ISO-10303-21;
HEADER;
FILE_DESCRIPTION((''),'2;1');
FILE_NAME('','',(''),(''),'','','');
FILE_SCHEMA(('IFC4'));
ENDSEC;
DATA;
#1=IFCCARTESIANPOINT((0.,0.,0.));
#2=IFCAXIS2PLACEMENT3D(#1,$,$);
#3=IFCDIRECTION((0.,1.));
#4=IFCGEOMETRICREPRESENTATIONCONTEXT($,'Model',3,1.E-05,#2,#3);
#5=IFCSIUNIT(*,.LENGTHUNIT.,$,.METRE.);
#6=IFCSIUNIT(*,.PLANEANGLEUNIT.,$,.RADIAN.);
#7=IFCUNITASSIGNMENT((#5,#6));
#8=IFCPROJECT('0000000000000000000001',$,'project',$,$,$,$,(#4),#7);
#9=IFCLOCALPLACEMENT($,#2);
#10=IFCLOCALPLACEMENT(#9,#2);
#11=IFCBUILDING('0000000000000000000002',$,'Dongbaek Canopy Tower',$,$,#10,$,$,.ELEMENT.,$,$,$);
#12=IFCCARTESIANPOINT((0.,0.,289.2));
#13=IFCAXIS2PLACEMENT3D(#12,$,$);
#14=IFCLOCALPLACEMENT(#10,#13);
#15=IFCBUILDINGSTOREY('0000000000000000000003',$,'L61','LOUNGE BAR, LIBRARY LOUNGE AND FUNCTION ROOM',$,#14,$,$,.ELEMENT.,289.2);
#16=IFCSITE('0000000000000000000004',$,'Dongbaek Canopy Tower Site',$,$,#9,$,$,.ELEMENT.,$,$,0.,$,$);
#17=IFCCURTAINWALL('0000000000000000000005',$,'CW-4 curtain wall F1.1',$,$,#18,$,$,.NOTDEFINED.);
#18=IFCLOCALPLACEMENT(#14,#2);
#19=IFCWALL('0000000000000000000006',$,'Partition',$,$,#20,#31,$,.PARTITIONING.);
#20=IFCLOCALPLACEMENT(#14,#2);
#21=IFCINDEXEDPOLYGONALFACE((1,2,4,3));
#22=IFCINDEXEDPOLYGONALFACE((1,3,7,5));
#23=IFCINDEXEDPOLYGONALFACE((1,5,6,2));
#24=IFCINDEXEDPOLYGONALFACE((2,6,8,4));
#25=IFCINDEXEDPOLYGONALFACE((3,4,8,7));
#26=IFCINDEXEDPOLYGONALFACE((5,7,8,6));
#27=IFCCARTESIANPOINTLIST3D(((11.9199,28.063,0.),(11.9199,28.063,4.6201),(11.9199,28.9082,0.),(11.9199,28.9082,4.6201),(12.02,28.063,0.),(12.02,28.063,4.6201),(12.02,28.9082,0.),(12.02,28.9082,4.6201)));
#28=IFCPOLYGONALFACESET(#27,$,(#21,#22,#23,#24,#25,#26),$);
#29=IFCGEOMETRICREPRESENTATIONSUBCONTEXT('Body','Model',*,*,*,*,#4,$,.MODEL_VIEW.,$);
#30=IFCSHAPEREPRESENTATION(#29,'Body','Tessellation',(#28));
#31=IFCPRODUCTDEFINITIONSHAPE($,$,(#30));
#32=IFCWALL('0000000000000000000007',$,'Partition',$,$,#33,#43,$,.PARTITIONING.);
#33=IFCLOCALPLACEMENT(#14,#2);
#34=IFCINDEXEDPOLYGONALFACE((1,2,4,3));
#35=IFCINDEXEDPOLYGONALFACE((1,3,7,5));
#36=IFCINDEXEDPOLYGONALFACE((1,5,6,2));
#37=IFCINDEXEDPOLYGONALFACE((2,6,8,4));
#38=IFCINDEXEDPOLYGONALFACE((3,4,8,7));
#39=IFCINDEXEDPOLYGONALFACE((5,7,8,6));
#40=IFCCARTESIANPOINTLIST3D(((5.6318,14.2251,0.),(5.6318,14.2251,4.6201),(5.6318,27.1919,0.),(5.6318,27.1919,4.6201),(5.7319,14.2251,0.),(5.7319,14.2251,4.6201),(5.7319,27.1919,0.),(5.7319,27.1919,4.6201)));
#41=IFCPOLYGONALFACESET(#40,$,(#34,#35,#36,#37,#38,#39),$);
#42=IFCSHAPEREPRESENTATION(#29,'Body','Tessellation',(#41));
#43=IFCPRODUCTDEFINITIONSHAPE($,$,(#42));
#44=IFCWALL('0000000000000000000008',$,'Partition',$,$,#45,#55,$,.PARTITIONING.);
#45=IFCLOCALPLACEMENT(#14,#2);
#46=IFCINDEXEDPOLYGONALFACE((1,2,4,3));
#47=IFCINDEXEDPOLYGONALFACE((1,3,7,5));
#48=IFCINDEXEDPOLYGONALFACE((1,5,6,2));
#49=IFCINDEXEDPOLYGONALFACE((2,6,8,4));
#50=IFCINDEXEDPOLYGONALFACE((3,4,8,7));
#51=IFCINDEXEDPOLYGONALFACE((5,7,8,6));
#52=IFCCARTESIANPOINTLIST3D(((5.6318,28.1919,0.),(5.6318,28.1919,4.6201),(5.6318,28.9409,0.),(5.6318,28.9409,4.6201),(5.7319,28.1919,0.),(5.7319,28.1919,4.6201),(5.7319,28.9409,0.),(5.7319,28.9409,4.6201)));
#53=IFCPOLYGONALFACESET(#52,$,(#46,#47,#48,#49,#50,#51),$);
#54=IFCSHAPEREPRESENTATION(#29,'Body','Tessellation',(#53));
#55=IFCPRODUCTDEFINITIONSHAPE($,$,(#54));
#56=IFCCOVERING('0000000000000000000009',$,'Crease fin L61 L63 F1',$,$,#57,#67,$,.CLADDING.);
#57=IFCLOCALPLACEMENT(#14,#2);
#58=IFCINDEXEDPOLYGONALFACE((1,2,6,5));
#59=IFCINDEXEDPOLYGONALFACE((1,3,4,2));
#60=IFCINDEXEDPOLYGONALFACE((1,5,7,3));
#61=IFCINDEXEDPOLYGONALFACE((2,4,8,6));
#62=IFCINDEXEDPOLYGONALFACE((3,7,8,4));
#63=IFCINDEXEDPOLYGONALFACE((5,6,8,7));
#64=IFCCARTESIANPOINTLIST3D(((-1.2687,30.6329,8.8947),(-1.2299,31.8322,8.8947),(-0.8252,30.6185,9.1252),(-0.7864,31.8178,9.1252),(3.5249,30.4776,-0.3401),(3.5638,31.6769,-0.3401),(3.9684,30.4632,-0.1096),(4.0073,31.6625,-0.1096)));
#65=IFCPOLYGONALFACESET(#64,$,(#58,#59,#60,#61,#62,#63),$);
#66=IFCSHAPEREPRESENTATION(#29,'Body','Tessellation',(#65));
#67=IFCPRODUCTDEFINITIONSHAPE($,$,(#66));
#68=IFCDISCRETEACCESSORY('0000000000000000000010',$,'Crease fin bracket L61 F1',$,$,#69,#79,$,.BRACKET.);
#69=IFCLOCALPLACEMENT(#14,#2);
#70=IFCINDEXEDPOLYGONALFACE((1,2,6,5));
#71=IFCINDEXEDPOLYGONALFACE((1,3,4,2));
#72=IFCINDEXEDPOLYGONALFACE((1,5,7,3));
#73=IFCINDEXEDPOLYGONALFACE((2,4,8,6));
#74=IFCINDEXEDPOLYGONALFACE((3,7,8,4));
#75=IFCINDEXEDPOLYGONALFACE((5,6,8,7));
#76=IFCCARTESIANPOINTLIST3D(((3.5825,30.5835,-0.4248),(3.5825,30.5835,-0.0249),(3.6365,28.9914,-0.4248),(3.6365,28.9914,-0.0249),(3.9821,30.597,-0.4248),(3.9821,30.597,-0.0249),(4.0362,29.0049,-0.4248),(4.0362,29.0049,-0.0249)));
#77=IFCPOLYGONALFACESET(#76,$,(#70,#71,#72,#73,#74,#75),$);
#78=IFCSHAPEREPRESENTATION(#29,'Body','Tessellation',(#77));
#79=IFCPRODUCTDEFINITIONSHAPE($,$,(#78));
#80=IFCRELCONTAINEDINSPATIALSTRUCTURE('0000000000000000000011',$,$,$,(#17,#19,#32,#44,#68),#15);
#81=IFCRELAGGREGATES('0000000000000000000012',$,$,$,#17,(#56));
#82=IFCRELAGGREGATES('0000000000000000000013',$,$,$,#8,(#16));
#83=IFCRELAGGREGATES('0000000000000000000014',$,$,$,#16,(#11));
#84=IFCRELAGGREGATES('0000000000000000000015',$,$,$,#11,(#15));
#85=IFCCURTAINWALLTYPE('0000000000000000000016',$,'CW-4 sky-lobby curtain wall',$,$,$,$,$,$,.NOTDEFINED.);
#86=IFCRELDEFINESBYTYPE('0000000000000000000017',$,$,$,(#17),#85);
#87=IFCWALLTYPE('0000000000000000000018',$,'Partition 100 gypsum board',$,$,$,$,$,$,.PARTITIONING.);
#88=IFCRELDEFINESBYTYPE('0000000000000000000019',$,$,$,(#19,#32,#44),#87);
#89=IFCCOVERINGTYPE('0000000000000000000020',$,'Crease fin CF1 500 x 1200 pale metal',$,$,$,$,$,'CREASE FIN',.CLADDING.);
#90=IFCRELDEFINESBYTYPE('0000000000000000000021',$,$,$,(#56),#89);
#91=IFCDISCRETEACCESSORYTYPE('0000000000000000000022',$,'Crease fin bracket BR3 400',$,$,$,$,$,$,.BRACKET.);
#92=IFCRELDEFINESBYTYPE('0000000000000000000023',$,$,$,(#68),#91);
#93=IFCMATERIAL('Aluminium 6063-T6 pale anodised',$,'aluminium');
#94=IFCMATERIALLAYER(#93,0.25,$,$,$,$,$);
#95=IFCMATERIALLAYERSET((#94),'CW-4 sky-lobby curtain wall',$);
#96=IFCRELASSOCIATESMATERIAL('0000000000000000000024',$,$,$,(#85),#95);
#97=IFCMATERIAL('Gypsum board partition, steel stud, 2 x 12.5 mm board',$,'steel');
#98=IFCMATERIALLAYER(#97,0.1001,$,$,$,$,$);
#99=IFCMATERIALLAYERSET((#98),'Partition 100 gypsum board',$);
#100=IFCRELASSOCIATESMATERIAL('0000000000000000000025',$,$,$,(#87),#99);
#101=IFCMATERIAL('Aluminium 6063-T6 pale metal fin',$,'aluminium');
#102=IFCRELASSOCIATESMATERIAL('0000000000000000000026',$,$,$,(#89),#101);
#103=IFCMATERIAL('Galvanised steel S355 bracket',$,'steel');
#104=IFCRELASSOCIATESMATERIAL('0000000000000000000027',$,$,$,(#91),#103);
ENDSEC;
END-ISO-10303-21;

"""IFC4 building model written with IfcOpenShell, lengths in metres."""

from ifc_helpers import new_model, si_unit, direction, frame, frame_2d, origin, origin_2d, place, context, subcontext, project, spatial, rectangle, extrude, material, layer, layer_set, material_profile, profile_set, type_object, element, aggregate, save


model = new_model("IFC4")

# Units and contexts
model_context = context("Model", 3, precision=1e-05, world=origin(), true_north=direction((0.0, 1.0)))
body_context = subcontext(model_context, "Body", "Model", "MODEL_VIEW")
ifc_project = project(units=[si_unit("LENGTHUNIT", "METRE"), si_unit("PLANEANGLEUNIT", "RADIAN")], contexts=[model_context])

# Site, building, storey
site_placement = place(None, origin())
site = spatial("IfcSite", under=ifc_project, at=site_placement, Name="Dongbaek Canopy Tower Site", CompositionType="ELEMENT", RefElevation=0.0)
building_placement = place(site_placement, origin())
building = spatial("IfcBuilding", under=site, at=building_placement, Name="Dongbaek Canopy Tower", CompositionType="ELEMENT")
storey_placement = place(building_placement, frame((0.0, 0.0, 289.2)))
storey = spatial("IfcBuildingStorey", under=building, at=storey_placement, Name="L61", Description="LOUNGE BAR, LIBRARY LOUNGE AND FUNCTION ROOM", CompositionType="ELEMENT", Elevation=289.2)

# Curtain wall
ifc_material_1 = material(Name="Aluminium 6063-T6 pale anodised", Category="aluminium")
ifc_layer_1 = layer(ifc_material_1, 0.25)
ifc_layer_set_1 = layer_set([ifc_layer_1], Name="CW-4 sky-lobby curtain wall")
curtain_wall_type = type_object("IfcCurtainWallType", Name="CW-4 sky-lobby curtain wall", PredefinedType="NOTDEFINED", material=ifc_layer_set_1)
curtain_wall_1_placement = place(storey_placement, origin())
curtain_wall_1 = element("IfcCurtainWall", 1, at=curtain_wall_1_placement, inside=storey, type_object=curtain_wall_type, Name="CW-4 curtain wall F1.1", PredefinedType="NOTDEFINED")

# Walls
ifc_material_2 = material(Name="Gypsum board partition, steel stud, 2 x 12.5 mm board", Category="steel")
ifc_layer_2 = layer(ifc_material_2, 0.1001)
ifc_layer_set_2 = layer_set([ifc_layer_2], Name="Partition 100 gypsum board")
wall_type_1 = type_object("IfcWallType", Name="Partition 100 gypsum board", PredefinedType="PARTITIONING", material=ifc_layer_set_2)
wall_1_placement = place(storey_placement, frame((11.97, 28.063, 0.0), z_axis=(0.0, 0.0, 1.0), x_axis=(0.0, 1.0, 0.0)))
element("IfcWall", 2, at=wall_1_placement, inside=storey, type_object=wall_type_1, Name="Partition", PredefinedType="PARTITIONING", context=body_context, shape_type="SweptSolid", body=[
    extrude(rectangle(XDim=0.8452, YDim=0.1001, at=frame_2d((0.4226, 0.0))), origin(), (0.0, 0.0, 1.0), 4.6201),
])
wall_2_placement = place(storey_placement, frame((5.6819, 14.2251, 0.0), z_axis=(0.0, 0.0, 1.0), x_axis=(0.0, 1.0, 0.0)))
element("IfcWall", 3, at=wall_2_placement, inside=storey, type_object=wall_type_1, Name="Partition", PredefinedType="PARTITIONING", context=body_context, shape_type="SweptSolid", body=[
    extrude(rectangle(XDim=12.9668, YDim=0.1001, at=frame_2d((6.4834, 0.0))), origin(), (0.0, 0.0, 1.0), 4.6201),
])
wall_3_placement = place(storey_placement, frame((5.6819, 28.1919, 0.0), z_axis=(0.0, 0.0, 1.0), x_axis=(0.0, 1.0, 0.0)))
element("IfcWall", 4, at=wall_3_placement, inside=storey, type_object=wall_type_1, Name="Partition", PredefinedType="PARTITIONING", context=body_context, shape_type="SweptSolid", body=[
    extrude(rectangle(XDim=0.749, YDim=0.1001, at=frame_2d((0.3745, 0.0))), origin(), (0.0, 0.0, 1.0), 4.6201),
])

# Covering
ifc_material_3 = material(Name="Aluminium 6063-T6 pale metal fin", Category="aluminium")
ifc_material_profile_1 = material_profile(ifc_material_3, rectangle(XDim=1.2, YDim=0.5, at=origin_2d()), Name="Crease fin CF1 500 x 1200 pale metal")
ifc_profile_set_1 = profile_set([ifc_material_profile_1], Name="Aluminium 6063-T6 pale metal fin")
covering_type = type_object("IfcCoveringType", Name="Crease fin CF1 500 x 1200 pale metal", ElementType="CREASE FIN", PredefinedType="CLADDING", material=ifc_profile_set_1)
covering_placement = place(storey_placement, frame((3.7661, 31.0701, -0.2249), z_axis=(-0.460664, 0.014921, 0.887449), x_axis=(-0.032374, -0.999476, 0.0)))
covering = element("IfcCovering", 5, at=covering_placement, type_object=covering_type, Name="Crease fin L61 L63 F1", PredefinedType="CLADDING", context=body_context, shape_type="SweptSolid", body=[
    extrude(rectangle(XDim=1.2, YDim=0.5, at=origin_2d()), origin(), (0.0, 0.0, 1.0), 10.406),
])
aggregate(curtain_wall_1, [covering])

# Discrete accessory
ifc_material_4 = material(Name="Galvanised steel S355 bracket", Category="steel")
discrete_accessory_type = type_object("IfcDiscreteAccessoryType", Name="Crease fin bracket BR3 400", PredefinedType="BRACKET", material=ifc_material_4)
discrete_accessory_placement = place(storey_placement, frame((3.8093, 29.7942, -0.4248), z_axis=(0.0, 0.0, 1.0), x_axis=(-0.033923, 0.999424, 0.0)))
element("IfcDiscreteAccessory", 6, at=discrete_accessory_placement, inside=storey, type_object=discrete_accessory_type, Name="Crease fin bracket L61 F1", PredefinedType="BRACKET", context=body_context, shape_type="SweptSolid", body=[
    extrude(rectangle(XDim=1.593, YDim=0.3999, at=origin_2d()), origin(), (0.0, 0.0, 1.0), 0.3999),
])

save(model, "model.ifc")
